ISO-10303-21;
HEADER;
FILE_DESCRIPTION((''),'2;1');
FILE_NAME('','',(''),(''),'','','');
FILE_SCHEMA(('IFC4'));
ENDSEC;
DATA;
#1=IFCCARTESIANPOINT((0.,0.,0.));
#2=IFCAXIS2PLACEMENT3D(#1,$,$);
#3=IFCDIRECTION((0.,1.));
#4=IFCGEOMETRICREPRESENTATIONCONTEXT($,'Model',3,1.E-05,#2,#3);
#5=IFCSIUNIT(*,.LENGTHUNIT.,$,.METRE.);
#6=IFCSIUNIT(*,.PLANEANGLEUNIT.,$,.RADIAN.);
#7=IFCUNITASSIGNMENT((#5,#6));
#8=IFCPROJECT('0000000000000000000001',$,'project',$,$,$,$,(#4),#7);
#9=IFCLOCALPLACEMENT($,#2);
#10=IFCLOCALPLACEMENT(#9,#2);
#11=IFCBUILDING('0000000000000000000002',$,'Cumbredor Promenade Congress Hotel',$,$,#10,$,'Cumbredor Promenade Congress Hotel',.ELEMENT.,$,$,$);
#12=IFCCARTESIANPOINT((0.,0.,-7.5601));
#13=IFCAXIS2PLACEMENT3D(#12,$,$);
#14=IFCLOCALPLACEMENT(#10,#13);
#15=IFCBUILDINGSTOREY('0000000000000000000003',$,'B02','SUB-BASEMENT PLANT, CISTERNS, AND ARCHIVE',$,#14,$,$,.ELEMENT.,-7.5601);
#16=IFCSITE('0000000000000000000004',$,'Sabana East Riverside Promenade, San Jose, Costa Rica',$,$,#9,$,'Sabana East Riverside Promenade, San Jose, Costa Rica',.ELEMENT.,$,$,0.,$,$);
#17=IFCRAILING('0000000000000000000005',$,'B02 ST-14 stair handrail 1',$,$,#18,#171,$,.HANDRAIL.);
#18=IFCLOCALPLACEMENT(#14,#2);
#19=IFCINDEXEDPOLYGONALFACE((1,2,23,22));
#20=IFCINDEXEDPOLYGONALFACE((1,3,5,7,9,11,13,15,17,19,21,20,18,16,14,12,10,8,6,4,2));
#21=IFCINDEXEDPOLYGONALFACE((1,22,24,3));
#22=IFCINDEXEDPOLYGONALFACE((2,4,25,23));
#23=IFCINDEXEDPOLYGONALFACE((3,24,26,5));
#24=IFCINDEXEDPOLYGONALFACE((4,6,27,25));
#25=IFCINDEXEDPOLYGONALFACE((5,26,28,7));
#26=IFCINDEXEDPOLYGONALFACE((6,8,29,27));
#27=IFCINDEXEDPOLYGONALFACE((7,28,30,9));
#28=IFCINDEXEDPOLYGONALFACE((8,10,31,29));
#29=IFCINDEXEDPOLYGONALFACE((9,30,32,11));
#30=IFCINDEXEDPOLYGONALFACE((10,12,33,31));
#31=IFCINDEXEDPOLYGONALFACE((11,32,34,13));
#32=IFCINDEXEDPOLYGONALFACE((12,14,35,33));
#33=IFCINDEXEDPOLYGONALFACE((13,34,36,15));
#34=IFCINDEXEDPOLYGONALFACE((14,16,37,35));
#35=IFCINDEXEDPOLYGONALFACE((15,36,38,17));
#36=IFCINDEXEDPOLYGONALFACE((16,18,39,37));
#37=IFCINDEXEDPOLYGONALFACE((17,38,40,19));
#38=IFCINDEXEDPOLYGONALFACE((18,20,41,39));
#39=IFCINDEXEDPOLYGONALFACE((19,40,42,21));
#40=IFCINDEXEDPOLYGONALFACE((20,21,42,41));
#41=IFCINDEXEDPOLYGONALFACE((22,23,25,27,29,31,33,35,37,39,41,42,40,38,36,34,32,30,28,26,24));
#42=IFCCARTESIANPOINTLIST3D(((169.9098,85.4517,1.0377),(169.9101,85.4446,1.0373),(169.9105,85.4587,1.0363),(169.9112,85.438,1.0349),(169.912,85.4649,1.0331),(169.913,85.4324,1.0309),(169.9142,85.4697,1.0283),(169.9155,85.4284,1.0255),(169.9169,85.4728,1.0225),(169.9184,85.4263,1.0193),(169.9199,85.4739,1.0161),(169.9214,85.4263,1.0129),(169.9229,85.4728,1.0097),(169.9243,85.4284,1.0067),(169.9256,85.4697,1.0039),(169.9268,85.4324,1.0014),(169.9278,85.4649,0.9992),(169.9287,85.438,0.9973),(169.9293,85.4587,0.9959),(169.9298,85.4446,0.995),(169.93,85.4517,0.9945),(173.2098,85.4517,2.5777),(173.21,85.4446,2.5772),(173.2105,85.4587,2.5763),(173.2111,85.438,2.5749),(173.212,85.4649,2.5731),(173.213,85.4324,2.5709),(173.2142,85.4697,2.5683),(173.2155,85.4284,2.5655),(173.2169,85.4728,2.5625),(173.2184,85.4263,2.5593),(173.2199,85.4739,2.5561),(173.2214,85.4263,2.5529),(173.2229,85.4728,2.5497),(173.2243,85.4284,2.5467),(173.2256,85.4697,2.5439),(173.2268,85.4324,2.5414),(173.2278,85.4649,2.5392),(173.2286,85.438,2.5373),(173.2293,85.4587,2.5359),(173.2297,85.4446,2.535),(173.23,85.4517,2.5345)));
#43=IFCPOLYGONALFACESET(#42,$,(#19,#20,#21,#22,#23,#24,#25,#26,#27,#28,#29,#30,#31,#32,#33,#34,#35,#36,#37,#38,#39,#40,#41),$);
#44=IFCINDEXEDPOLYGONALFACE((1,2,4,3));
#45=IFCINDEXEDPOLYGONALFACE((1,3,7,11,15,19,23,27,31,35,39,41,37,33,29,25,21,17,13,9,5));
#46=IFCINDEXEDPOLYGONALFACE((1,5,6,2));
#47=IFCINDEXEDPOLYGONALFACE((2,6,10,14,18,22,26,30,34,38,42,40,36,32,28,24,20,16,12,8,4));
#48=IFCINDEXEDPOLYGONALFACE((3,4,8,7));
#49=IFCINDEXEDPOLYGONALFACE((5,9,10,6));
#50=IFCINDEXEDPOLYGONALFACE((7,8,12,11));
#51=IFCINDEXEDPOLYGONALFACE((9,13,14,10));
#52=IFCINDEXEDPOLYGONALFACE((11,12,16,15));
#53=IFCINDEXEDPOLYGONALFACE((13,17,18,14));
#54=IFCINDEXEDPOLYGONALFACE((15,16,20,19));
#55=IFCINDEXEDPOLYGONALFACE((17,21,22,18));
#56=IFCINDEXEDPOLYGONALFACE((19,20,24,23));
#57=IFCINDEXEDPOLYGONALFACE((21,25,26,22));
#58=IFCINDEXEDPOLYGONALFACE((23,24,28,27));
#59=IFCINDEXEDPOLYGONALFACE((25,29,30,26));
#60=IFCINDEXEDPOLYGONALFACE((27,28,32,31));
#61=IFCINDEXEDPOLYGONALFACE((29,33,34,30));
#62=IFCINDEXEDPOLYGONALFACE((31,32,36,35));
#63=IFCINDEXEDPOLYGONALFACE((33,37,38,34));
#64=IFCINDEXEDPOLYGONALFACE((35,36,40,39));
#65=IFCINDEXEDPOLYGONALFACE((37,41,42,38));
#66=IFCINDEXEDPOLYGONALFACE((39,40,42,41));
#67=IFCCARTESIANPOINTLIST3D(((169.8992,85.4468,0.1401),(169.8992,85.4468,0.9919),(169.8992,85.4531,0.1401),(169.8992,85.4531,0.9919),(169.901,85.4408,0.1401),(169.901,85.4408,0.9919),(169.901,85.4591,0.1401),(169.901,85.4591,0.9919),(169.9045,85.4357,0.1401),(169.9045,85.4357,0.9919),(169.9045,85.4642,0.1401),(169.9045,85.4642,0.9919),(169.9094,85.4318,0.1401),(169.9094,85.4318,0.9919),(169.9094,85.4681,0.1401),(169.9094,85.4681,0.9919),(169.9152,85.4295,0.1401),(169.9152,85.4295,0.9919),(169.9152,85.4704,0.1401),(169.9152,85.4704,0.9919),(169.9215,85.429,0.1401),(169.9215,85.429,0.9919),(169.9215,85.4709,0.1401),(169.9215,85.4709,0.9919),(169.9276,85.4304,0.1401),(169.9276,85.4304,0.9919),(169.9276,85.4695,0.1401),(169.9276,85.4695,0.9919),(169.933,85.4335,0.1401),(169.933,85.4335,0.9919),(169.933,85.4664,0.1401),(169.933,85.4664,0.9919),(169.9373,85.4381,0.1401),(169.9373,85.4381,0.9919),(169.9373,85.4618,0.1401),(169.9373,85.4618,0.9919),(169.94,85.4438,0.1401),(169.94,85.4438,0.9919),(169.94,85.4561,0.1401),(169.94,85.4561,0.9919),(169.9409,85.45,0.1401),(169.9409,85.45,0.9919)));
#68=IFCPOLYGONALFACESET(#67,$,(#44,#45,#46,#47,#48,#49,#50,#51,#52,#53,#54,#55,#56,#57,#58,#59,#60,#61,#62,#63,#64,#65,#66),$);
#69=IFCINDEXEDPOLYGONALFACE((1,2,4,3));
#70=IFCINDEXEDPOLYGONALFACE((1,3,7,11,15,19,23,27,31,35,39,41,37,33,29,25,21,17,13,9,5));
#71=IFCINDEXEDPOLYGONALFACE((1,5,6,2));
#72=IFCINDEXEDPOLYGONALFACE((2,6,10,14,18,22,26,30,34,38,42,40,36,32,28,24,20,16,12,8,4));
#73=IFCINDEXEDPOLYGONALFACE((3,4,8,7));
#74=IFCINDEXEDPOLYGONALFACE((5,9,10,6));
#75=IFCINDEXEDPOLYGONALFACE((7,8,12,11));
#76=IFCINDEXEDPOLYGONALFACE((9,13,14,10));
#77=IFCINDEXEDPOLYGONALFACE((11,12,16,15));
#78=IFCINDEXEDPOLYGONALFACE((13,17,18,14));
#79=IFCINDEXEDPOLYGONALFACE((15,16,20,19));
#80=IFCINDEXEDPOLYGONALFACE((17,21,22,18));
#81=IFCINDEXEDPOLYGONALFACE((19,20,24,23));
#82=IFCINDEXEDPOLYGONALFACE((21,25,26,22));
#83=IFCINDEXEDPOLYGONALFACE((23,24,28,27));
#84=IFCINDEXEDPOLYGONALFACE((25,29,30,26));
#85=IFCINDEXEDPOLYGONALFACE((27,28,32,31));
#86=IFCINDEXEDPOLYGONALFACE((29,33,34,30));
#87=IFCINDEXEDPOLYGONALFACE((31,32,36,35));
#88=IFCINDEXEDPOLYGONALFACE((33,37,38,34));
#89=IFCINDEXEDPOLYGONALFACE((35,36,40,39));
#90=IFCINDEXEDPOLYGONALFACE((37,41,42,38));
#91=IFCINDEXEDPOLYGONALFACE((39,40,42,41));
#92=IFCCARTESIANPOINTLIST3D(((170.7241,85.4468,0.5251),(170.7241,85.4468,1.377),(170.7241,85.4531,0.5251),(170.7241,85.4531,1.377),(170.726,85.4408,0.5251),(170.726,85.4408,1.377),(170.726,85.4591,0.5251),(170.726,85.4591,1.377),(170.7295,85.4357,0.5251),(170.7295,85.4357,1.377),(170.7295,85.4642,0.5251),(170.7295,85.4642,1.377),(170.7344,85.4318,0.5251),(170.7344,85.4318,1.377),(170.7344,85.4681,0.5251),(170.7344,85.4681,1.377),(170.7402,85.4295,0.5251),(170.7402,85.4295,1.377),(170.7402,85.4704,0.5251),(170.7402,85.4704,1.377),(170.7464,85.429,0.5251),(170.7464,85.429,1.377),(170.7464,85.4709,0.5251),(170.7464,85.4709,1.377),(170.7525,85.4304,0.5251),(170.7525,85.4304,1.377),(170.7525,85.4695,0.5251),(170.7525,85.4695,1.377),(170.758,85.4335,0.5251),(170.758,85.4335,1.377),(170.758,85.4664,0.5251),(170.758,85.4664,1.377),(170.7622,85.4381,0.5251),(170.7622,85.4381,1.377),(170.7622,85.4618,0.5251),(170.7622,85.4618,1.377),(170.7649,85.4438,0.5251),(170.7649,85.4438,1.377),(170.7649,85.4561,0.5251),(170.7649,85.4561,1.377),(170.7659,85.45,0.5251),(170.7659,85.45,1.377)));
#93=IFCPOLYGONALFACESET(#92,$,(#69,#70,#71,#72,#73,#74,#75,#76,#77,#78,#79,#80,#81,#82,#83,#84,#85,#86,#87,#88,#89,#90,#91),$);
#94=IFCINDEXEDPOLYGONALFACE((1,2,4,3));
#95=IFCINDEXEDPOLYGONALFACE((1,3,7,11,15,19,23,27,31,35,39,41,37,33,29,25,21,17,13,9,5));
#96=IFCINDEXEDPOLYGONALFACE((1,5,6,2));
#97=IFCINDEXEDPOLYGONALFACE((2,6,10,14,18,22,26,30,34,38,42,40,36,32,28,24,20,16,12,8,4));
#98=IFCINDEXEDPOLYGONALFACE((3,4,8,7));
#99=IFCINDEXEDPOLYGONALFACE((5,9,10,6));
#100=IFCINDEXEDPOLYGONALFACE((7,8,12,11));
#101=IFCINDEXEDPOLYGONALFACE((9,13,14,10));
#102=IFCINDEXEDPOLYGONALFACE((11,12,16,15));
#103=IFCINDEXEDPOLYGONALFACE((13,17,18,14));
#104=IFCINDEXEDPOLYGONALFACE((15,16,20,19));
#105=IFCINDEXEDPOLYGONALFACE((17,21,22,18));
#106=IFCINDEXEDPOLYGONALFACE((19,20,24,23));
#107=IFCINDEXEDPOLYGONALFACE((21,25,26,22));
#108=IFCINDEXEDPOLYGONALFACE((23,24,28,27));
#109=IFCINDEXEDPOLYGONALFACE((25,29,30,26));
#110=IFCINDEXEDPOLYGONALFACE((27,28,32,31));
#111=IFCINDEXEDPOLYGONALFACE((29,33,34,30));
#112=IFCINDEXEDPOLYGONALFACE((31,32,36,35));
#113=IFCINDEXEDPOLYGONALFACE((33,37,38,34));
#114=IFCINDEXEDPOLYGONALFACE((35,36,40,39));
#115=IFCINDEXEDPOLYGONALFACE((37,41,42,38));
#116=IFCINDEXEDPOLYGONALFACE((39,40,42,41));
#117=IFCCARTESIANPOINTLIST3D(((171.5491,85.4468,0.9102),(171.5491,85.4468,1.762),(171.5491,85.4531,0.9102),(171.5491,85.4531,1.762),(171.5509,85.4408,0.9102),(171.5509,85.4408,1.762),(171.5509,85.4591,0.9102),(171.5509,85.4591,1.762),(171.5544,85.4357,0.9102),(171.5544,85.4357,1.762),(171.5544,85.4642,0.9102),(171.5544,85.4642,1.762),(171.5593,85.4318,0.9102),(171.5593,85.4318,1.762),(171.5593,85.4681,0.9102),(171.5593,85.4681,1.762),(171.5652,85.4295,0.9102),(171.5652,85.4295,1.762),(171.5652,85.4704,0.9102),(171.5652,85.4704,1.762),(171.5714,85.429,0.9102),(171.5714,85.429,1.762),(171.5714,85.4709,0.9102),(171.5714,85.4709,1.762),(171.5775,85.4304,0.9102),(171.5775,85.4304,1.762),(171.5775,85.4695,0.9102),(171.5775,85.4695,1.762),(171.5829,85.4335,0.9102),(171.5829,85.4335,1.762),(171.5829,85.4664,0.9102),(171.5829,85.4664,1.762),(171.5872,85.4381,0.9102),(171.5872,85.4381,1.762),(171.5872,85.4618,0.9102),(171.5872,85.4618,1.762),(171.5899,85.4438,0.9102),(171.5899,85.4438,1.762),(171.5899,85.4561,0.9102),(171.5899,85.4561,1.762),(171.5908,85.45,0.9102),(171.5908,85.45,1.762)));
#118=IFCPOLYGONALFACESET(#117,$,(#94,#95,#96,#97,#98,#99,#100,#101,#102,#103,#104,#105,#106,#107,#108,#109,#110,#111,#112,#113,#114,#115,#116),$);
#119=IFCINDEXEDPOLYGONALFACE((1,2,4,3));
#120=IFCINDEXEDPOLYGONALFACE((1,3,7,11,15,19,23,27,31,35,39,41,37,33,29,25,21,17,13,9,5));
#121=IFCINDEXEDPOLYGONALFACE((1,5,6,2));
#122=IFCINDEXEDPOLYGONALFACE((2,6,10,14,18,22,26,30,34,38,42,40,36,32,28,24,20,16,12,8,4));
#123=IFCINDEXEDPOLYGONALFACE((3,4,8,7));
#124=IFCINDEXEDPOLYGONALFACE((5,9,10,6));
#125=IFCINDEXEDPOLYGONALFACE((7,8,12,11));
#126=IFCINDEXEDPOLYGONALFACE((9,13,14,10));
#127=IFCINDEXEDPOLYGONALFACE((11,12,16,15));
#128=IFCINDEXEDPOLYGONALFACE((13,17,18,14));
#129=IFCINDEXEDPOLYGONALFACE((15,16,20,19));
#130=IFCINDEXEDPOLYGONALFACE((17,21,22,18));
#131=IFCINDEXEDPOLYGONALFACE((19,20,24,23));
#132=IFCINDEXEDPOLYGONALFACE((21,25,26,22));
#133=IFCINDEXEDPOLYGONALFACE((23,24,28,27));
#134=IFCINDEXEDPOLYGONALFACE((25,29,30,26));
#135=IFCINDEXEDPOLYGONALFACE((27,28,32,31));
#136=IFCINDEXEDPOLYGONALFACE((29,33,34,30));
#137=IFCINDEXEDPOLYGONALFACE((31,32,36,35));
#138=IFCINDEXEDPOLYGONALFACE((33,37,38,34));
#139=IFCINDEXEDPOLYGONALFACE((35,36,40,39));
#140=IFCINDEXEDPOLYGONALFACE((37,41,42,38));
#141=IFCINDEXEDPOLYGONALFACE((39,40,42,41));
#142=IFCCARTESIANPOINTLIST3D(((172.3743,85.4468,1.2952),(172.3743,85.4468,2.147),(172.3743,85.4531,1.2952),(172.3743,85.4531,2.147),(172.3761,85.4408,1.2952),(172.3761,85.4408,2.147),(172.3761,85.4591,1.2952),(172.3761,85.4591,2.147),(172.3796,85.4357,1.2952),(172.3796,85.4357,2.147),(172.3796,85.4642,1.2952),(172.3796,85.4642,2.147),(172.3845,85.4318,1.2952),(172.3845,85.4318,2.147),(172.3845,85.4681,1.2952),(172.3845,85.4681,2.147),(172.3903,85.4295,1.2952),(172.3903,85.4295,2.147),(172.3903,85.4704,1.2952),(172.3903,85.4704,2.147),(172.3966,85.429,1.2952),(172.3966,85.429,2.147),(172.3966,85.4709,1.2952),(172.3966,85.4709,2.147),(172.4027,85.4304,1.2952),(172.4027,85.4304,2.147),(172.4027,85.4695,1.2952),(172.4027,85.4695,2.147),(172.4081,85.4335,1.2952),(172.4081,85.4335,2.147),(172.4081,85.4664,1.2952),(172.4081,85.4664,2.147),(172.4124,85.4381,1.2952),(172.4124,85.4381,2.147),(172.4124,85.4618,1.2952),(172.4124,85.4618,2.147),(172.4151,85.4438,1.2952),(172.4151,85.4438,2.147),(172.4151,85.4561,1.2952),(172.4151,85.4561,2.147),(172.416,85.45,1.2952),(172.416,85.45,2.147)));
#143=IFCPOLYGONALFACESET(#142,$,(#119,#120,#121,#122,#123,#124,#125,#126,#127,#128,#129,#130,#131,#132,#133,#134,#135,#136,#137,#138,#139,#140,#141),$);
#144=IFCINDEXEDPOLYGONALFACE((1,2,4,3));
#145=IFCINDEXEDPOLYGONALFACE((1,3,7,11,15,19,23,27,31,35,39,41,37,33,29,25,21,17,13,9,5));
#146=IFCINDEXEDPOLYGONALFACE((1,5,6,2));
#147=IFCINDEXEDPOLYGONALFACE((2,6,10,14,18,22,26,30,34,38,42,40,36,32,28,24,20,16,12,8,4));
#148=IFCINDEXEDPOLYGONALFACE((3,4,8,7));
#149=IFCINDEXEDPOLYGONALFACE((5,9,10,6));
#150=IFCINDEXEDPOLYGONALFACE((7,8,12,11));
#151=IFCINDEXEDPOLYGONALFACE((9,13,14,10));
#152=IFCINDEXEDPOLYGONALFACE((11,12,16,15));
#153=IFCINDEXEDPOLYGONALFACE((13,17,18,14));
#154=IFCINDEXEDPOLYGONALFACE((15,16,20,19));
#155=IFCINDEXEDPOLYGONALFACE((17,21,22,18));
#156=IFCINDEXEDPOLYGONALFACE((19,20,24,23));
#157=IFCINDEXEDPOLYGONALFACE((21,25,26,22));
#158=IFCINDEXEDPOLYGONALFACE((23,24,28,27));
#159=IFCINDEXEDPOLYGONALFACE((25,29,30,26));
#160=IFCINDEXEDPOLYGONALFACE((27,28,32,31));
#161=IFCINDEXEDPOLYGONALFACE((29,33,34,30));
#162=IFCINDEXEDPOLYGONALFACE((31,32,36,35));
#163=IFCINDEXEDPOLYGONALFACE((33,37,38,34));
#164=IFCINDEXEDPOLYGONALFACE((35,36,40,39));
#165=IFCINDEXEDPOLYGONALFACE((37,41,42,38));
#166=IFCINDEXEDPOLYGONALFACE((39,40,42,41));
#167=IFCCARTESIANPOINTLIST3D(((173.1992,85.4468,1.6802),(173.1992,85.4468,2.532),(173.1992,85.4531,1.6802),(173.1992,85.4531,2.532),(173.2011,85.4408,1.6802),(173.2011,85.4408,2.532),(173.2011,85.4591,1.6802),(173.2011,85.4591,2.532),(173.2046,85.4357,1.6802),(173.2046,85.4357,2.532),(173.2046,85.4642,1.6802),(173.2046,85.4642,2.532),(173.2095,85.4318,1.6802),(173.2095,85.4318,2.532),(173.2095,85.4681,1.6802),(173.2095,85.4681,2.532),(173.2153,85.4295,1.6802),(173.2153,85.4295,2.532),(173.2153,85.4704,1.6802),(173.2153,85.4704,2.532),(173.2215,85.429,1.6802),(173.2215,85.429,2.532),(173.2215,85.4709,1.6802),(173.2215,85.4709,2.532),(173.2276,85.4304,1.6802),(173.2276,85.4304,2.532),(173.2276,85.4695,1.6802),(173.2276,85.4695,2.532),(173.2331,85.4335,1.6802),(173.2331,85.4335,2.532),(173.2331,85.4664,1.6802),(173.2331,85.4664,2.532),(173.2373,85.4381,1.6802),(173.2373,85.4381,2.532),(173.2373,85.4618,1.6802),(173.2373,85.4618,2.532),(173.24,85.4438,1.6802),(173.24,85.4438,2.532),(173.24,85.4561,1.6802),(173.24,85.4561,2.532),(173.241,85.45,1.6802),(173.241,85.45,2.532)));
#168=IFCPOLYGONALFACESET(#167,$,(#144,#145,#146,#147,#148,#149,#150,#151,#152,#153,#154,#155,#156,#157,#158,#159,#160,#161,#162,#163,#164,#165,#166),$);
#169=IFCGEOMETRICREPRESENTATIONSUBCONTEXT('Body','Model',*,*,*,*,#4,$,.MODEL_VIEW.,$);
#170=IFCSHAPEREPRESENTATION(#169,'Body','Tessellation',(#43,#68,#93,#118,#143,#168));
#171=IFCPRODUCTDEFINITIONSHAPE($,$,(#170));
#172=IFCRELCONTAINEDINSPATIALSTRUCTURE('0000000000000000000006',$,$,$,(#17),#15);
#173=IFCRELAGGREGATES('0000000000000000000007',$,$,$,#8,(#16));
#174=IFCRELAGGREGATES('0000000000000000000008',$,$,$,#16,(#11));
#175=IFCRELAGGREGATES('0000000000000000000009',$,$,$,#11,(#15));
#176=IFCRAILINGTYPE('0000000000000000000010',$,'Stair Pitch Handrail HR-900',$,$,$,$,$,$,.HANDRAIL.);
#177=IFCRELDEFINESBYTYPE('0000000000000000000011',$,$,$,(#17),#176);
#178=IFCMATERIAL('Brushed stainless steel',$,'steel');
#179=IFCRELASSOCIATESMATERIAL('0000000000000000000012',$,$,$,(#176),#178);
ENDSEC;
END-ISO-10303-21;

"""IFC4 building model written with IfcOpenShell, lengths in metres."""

from ifc_helpers import new_model, si_unit, direction, frame, origin, origin_2d, place, context, subcontext, project, spatial, circle, extrude, material, type_object, element, save


model = new_model("IFC4")

# Units and contexts
model_context = context("Model", 3, precision=1e-05, world=origin(), true_north=direction((0.0, 1.0)))
body_context = subcontext(model_context, "Body", "Model", "MODEL_VIEW")
ifc_project = project(units=[si_unit("LENGTHUNIT", "METRE"), si_unit("PLANEANGLEUNIT", "RADIAN")], contexts=[model_context])

# Site, building, storey
site_placement = place(None, origin())
site = spatial("IfcSite", under=ifc_project, at=site_placement, Name="Sabana East Riverside Promenade, San Jose, Costa Rica", LongName="Sabana East Riverside Promenade, San Jose, Costa Rica", CompositionType="ELEMENT", RefElevation=0.0)
building_placement = place(site_placement, origin())
building = spatial("IfcBuilding", under=site, at=building_placement, Name="Cumbredor Promenade Congress Hotel", LongName="Cumbredor Promenade Congress Hotel", CompositionType="ELEMENT")
storey_placement = place(building_placement, frame((0.0, 0.0, -7.5601)))
storey = spatial("IfcBuildingStorey", under=building, at=storey_placement, Name="B02", Description="SUB-BASEMENT PLANT, CISTERNS, AND ARCHIVE", CompositionType="ELEMENT", Elevation=-7.5601)

# Railing
ifc_material_1 = material(Name="Brushed stainless steel", Category="steel")
railing_type_1 = type_object("IfcRailingType", Name="Stair Pitch Handrail HR-900", PredefinedType="HANDRAIL", material=ifc_material_1)
railing_1_placement = place(storey_placement, frame((169.9199, 85.45, 0.1401)))
element("IfcRailing", 1, at=railing_1_placement, inside=storey, type_object=railing_type_1, Name="B02 ST-14 stair handrail 1", PredefinedType="HANDRAIL", context=body_context, shape_type="SweptSolid", body=[
    extrude(circle(Radius=0.0239, at=origin_2d()), frame((0.0, 0.0, 0.876), z_axis=(0.906181, 0.0, 0.422889), x_axis=(0.0, 1.0, 0.0)), (0.0, 0.0, 1.0), 3.6416),
    extrude(circle(Radius=0.021, at=origin_2d()), origin(), (0.0, 0.0, 1.0), 0.8518),
    extrude(circle(Radius=0.021, at=origin_2d()), frame((0.825, 0.0, 0.385)), (0.0, 0.0, 1.0), 0.8518),
    extrude(circle(Radius=0.021, at=origin_2d()), frame((1.6499, 0.0, 0.77)), (0.0, 0.0, 1.0), 0.8518),
    extrude(circle(Radius=0.021, at=origin_2d()), frame((2.4751, 0.0, 1.155)), (0.0, 0.0, 1.0), 0.8518),
    extrude(circle(Radius=0.021, at=origin_2d()), frame((3.3, 0.0, 1.54)), (0.0, 0.0, 1.0), 0.8518),
])

save(model, "model.ifc")
